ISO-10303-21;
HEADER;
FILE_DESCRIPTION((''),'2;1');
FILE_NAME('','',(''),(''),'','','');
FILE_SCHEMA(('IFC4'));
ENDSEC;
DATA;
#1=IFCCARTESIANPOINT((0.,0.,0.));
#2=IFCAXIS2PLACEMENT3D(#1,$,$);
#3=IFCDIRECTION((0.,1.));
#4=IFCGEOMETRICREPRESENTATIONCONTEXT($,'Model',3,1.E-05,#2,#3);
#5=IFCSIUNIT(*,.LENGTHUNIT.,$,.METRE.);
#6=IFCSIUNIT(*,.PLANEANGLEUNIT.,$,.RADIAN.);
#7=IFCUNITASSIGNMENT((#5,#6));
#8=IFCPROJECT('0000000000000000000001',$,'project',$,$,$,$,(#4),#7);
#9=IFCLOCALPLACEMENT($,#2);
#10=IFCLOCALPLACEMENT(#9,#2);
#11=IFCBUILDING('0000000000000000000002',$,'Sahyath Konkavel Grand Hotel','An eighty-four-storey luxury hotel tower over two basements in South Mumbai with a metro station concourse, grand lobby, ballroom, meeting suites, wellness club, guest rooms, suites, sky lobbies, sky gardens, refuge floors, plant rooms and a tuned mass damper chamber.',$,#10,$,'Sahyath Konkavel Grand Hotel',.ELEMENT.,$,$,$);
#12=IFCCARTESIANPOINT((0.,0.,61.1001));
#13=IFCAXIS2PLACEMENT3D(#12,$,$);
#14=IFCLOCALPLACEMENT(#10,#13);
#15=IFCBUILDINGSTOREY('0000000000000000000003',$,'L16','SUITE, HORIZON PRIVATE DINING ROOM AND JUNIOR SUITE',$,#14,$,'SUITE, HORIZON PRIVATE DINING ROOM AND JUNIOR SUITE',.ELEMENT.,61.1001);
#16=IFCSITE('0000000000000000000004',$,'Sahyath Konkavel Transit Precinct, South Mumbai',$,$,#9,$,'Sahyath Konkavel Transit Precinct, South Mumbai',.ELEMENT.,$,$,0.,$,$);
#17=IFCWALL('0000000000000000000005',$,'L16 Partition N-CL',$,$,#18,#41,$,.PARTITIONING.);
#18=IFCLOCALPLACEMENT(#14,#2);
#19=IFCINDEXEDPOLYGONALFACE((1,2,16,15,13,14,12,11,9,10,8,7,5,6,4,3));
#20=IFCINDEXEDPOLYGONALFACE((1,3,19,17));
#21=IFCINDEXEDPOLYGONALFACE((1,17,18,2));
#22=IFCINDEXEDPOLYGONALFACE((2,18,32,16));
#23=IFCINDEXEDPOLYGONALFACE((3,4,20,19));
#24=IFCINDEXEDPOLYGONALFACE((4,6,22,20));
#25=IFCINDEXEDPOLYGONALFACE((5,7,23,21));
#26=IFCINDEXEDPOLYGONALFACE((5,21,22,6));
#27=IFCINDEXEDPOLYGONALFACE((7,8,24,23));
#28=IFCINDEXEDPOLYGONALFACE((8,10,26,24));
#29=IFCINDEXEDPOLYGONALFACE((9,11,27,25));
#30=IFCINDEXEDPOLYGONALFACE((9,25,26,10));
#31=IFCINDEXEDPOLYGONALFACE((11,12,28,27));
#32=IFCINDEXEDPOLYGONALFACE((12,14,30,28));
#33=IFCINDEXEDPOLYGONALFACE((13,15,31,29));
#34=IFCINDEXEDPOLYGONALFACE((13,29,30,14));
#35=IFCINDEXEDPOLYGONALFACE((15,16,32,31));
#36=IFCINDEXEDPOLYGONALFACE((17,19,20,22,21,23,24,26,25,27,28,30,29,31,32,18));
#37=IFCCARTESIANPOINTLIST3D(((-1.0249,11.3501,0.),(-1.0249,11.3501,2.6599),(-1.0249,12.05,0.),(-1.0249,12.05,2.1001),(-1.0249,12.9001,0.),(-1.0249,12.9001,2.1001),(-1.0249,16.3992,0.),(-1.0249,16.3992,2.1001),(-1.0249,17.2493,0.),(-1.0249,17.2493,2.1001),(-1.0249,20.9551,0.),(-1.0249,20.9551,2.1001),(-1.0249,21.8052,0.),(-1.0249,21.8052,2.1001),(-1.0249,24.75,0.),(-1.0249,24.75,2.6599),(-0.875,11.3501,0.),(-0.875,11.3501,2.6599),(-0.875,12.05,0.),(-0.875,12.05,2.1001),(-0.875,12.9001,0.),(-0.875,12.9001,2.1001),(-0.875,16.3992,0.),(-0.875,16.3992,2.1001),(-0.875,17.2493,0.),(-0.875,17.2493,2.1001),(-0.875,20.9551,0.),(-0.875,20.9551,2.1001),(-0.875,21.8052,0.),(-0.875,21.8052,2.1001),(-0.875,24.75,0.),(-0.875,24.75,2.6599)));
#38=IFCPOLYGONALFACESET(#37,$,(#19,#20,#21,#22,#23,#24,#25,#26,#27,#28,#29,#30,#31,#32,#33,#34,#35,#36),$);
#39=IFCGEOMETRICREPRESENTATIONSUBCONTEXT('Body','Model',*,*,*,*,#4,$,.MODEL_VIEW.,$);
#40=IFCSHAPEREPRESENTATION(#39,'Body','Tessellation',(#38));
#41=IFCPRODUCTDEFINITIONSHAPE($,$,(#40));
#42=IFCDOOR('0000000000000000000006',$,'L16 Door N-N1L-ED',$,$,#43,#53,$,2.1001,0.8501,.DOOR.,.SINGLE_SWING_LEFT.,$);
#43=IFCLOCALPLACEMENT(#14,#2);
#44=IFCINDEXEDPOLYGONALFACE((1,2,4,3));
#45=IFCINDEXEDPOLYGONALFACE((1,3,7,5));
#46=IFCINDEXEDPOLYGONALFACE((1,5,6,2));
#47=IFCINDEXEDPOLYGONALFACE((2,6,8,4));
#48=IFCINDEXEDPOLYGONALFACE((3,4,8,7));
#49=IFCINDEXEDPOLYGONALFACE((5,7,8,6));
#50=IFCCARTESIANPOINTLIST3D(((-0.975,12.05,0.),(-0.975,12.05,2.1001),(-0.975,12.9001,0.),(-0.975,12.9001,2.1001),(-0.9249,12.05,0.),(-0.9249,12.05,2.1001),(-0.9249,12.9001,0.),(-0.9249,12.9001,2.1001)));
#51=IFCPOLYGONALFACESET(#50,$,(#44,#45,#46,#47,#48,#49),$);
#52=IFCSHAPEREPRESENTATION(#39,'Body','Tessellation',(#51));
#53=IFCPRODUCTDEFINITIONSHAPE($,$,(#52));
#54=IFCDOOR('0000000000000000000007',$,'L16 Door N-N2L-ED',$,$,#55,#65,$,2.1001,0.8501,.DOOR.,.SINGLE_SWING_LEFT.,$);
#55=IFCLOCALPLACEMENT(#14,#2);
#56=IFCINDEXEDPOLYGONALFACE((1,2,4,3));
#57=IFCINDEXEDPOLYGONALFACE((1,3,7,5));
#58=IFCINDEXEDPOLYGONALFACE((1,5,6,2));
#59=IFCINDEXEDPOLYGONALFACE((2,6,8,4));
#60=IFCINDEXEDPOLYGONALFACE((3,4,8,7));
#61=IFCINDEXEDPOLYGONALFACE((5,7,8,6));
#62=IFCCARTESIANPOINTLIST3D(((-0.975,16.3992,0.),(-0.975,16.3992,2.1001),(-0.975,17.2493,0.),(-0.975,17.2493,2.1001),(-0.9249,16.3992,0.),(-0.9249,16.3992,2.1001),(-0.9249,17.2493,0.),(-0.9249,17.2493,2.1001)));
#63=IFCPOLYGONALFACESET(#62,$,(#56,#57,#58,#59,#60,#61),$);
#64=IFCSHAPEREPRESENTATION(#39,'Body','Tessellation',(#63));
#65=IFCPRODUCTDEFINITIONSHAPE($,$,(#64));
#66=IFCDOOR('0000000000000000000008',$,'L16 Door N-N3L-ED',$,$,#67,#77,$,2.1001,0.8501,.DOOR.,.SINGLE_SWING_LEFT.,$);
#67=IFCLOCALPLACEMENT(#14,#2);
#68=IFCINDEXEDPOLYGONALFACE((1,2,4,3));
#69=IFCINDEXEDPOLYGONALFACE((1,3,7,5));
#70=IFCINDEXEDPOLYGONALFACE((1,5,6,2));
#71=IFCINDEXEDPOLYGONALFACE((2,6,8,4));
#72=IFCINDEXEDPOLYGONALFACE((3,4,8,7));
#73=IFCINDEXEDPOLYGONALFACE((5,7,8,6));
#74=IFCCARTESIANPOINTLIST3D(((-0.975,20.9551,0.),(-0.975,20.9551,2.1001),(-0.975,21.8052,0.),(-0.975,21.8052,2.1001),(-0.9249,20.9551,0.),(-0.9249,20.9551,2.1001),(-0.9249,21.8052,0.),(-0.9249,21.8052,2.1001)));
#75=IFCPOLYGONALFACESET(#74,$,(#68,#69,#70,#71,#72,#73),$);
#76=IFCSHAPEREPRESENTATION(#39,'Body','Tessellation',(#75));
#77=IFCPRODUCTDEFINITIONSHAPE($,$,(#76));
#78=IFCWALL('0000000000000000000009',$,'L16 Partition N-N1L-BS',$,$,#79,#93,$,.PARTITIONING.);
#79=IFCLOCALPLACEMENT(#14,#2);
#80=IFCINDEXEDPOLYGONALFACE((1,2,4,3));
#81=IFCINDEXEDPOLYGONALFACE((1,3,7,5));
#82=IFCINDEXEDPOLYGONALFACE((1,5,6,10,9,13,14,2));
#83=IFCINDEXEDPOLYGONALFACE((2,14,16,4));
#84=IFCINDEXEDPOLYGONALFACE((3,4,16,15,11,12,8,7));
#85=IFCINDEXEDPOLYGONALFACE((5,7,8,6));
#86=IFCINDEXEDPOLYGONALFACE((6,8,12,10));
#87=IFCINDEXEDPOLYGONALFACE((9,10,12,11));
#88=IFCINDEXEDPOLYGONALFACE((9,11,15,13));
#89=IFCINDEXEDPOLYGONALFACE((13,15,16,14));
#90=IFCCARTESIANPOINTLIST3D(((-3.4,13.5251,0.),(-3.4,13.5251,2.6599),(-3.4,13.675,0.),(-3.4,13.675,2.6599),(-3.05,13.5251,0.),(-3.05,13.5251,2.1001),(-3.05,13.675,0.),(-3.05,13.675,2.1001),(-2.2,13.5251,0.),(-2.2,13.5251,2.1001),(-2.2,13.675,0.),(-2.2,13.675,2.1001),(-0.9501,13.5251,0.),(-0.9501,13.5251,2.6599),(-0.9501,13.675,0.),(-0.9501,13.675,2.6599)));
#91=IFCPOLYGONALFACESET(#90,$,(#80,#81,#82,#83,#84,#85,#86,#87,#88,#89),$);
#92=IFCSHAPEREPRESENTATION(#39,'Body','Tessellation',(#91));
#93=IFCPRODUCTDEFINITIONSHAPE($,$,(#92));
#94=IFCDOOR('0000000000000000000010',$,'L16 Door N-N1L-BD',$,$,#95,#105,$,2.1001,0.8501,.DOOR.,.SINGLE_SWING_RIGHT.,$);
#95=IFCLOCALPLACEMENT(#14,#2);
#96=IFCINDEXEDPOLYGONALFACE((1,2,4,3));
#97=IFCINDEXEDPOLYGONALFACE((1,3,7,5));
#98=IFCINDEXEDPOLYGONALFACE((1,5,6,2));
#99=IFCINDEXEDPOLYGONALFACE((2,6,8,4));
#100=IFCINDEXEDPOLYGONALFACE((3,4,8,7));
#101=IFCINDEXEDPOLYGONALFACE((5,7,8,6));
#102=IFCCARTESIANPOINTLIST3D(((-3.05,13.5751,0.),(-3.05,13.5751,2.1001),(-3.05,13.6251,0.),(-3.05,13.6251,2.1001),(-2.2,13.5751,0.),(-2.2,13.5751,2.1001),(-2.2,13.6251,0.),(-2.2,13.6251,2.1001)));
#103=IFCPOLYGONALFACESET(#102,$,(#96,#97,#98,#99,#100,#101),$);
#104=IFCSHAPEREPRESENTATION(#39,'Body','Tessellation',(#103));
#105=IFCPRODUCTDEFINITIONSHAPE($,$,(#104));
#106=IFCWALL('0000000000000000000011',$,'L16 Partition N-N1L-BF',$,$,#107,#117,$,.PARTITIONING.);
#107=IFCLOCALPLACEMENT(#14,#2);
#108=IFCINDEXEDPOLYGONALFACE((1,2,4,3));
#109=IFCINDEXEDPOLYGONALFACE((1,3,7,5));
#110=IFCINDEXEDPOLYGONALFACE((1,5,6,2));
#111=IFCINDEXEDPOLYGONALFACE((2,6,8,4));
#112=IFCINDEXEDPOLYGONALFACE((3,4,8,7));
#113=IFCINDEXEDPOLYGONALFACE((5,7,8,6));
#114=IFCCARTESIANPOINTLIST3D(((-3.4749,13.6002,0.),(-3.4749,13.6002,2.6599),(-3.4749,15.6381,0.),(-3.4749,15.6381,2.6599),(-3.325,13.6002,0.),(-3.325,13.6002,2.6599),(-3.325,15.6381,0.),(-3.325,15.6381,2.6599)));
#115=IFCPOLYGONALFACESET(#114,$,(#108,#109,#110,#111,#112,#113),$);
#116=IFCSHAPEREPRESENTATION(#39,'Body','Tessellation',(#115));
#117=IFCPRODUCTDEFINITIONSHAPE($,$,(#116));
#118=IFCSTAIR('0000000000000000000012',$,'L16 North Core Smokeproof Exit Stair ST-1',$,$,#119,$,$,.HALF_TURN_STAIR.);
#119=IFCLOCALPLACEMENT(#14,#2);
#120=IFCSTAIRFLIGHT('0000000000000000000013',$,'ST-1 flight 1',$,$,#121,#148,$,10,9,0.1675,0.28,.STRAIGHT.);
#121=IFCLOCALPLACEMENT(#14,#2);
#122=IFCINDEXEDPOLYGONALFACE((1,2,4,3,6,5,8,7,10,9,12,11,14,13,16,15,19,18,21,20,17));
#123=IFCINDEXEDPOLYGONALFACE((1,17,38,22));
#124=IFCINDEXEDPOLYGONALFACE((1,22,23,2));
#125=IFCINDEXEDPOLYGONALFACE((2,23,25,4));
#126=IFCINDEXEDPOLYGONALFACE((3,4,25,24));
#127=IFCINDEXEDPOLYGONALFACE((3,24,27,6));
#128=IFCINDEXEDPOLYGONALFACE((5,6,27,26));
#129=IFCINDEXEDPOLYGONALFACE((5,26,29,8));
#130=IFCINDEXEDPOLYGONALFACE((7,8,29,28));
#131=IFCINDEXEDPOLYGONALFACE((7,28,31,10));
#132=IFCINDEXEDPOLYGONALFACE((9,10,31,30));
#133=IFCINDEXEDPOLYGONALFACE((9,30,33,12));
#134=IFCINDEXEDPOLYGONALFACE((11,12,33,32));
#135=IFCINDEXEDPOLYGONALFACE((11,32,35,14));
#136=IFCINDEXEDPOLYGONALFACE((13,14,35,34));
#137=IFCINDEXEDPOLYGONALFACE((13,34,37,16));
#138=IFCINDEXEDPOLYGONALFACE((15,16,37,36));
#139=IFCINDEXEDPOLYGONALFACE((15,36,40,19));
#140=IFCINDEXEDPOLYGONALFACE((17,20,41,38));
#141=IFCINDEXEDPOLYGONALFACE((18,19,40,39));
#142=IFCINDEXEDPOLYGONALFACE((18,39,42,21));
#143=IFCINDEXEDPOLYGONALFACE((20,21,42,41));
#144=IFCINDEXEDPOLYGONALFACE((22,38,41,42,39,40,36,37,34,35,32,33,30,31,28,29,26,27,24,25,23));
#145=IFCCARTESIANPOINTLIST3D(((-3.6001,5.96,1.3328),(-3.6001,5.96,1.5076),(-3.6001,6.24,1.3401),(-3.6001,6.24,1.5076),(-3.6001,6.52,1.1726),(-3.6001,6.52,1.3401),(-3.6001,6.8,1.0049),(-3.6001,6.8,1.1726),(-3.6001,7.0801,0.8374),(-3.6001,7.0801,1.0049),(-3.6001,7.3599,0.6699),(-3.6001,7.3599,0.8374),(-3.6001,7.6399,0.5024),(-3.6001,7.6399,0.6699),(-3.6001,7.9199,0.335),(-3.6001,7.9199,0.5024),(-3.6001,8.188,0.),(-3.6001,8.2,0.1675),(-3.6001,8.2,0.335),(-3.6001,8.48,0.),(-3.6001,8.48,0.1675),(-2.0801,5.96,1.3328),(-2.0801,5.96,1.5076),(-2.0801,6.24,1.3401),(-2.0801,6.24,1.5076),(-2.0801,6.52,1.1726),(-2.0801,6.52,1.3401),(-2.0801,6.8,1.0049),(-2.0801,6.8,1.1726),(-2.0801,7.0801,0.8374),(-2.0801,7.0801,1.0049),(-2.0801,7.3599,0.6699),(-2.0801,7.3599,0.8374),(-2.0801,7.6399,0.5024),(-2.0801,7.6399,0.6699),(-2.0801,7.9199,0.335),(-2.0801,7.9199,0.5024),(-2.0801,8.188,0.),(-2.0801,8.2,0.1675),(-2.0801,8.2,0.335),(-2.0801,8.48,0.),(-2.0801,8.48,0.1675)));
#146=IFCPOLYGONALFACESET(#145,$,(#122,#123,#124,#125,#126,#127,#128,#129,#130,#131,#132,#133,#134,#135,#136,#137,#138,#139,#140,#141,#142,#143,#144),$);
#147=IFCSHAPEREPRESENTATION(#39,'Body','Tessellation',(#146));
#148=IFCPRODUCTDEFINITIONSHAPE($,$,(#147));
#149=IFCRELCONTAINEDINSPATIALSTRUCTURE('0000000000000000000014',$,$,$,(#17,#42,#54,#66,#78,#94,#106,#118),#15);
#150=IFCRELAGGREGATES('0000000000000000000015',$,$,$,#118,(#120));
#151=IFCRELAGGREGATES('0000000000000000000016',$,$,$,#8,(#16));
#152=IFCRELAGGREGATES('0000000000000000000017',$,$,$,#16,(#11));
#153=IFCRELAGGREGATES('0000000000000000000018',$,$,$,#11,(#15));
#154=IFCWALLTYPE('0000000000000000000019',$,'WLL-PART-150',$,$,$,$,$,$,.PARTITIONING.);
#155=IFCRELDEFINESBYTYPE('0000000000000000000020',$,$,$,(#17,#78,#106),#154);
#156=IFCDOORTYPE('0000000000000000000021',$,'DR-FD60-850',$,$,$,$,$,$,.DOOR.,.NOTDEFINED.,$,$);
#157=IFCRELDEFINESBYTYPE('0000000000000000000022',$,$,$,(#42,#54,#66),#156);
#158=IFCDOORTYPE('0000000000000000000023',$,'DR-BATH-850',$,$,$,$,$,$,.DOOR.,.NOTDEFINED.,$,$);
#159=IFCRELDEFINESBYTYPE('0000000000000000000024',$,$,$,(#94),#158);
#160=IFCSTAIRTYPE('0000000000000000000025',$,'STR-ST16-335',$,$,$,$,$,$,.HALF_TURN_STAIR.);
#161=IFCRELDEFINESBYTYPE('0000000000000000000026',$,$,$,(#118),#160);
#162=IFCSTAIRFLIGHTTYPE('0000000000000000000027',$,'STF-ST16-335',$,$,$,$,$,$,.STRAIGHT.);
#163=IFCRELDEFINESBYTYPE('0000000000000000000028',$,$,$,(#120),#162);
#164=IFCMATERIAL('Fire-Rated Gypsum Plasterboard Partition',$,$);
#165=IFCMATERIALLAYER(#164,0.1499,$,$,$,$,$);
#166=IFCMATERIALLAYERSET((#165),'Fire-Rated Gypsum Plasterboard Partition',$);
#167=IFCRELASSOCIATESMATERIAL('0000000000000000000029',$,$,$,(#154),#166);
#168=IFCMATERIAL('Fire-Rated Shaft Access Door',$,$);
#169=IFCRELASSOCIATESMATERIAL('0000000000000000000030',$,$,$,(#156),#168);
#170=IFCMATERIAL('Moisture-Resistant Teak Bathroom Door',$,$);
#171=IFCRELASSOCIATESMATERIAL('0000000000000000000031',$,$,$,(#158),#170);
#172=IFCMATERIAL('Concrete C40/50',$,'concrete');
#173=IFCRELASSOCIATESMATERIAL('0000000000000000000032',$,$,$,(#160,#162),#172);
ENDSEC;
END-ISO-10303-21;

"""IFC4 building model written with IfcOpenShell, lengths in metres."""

from ifc_helpers import new_model, si_unit, direction, frame, frame_2d, origin, origin_2d, place, context, subcontext, project, spatial, polyline, rectangle, outline, extrude, source, transform, mapped, material, layer, layer_set, type_object, element, fill, aggregate, save


model = new_model("IFC4")

# Units and contexts
model_context = context("Model", 3, precision=1e-05, world=origin(), true_north=direction((0.0, 1.0)))
body_context = subcontext(model_context, "Body", "Model", "MODEL_VIEW")
ifc_project = project(units=[si_unit("LENGTHUNIT", "METRE"), si_unit("PLANEANGLEUNIT", "RADIAN")], contexts=[model_context])

# Site, building, storey
site_placement = place(None, origin())
site = spatial("IfcSite", under=ifc_project, at=site_placement, Name="Sahyath Konkavel Transit Precinct, South Mumbai", LongName="Sahyath Konkavel Transit Precinct, South Mumbai", CompositionType="ELEMENT", RefElevation=0.0)
building_placement = place(site_placement, origin())
building = spatial("IfcBuilding", under=site, at=building_placement, Name="Sahyath Konkavel Grand Hotel", Description="An eighty-four-storey luxury hotel tower over two basements in South Mumbai with a metro station concourse, grand lobby, ballroom, meeting suites, wellness club, guest rooms, suites, sky lobbies, sky gardens, refuge floors, plant rooms and a tuned mass damper chamber.", LongName="Sahyath Konkavel Grand Hotel", CompositionType="ELEMENT")
storey_placement = place(building_placement, frame((0.0, 0.0, 61.1001)))
storey = spatial("IfcBuildingStorey", under=building, at=storey_placement, Name="L16", Description="SUITE, HORIZON PRIVATE DINING ROOM AND JUNIOR SUITE", LongName="SUITE, HORIZON PRIVATE DINING ROOM AND JUNIOR SUITE", CompositionType="ELEMENT", Elevation=61.1001)

# Wall, openings, doors
ifc_material_1 = material(Name="Fire-Rated Gypsum Plasterboard Partition")
ifc_layer_1 = layer(ifc_material_1, 0.1499)
ifc_layer_set_1 = layer_set([ifc_layer_1], Name="Fire-Rated Gypsum Plasterboard Partition")
wall_type_1 = type_object("IfcWallType", Name="WLL-PART-150", PredefinedType="PARTITIONING", material=ifc_layer_set_1)
wall_1_placement = place(storey_placement, frame((-0.95, 11.3501, 0.0), z_axis=(0.0, 0.0, 1.0), x_axis=(0.0, 1.0, 0.0)))
wall_1 = element("IfcWall", 1, at=wall_1_placement, inside=storey, type_object=wall_type_1, Name="L16 Partition N-CL", PredefinedType="PARTITIONING", context=body_context, shape_type="SweptSolid", body=[
    extrude(rectangle(XDim=13.3999, YDim=0.1499, at=frame_2d((6.7, 0.0))), origin(), (0.0, 0.0, 1.0), 2.6599),
])
opening_1_placement = place(wall_1_placement, frame((0.7, 0.0, 0.0)))
opening_1 = element("IfcOpeningElement", 2, at=opening_1_placement, cuts=wall_1, PredefinedType="OPENING", context=body_context, shape_type="SweptSolid", body=[
    extrude(rectangle(XDim=0.8501, YDim=2.1001, at=frame_2d((0.425, 1.05))), frame((0.0, 0.085, 0.0), z_axis=(0.0, -1.0, 0.0), x_axis=(1.0, 0.0, 0.0)), (0.0, 0.0, 1.0), 0.1699),
])
opening_2_placement = place(wall_1_placement, frame((5.0491, 0.0, 0.0)))
opening_2 = element("IfcOpeningElement", 3, at=opening_2_placement, cuts=wall_1, PredefinedType="OPENING", context=body_context, shape_type="SweptSolid", body=[
    extrude(rectangle(XDim=0.8501, YDim=2.1001, at=frame_2d((0.425, 1.05))), frame((0.0, 0.085, 0.0), z_axis=(0.0, -1.0, 0.0), x_axis=(1.0, 0.0, 0.0)), (0.0, 0.0, 1.0), 0.1699),
])
opening_3_placement = place(wall_1_placement, frame((9.605, 0.0, 0.0)))
opening_3 = element("IfcOpeningElement", 4, at=opening_3_placement, cuts=wall_1, PredefinedType="OPENING", context=body_context, shape_type="SweptSolid", body=[
    extrude(rectangle(XDim=0.8501, YDim=2.1001, at=frame_2d((0.425, 1.05))), frame((0.0, 0.085, 0.0), z_axis=(0.0, -1.0, 0.0), x_axis=(1.0, 0.0, 0.0)), (0.0, 0.0, 1.0), 0.1699),
])
ifc_material_2 = material(Name="Fire-Rated Shaft Access Door")
door_type_1 = type_object("IfcDoorType", Name="DR-FD60-850", OperationType="NOTDEFINED", PredefinedType="DOOR", material=ifc_material_2)
shared_shape_1 = source(origin(), body_context, "Body", "SweptSolid", [
    extrude(rectangle(XDim=0.8501, YDim=0.05, at=origin_2d()), origin(), (0.0, 0.0, 1.0), 2.1001),
])
door_1_placement = place(opening_1_placement, frame((0.425, 0.0, 0.0)))
door_1 = element("IfcDoor", 5, at=door_1_placement, inside=storey, type_object=door_type_1, Name="L16 Door N-N1L-ED", OperationType="SINGLE_SWING_LEFT", OverallHeight=2.1001, OverallWidth=0.8501, PredefinedType="DOOR", context=body_context, shape_type="MappedRepresentation", body=[
    mapped(shared_shape_1, transform((0.0, 0.0, 0.0), scale=1.0)),
])
fill(opening_1, door_1)
door_2_placement = place(opening_2_placement, frame((0.425, 0.0, 0.0)))
door_2 = element("IfcDoor", 6, at=door_2_placement, inside=storey, type_object=door_type_1, Name="L16 Door N-N2L-ED", OperationType="SINGLE_SWING_LEFT", OverallHeight=2.1001, OverallWidth=0.8501, PredefinedType="DOOR", context=body_context, shape_type="MappedRepresentation", body=[
    mapped(shared_shape_1, transform((0.0, 0.0, 0.0), scale=1.0)),
])
fill(opening_2, door_2)
door_3_placement = place(opening_3_placement, frame((0.425, 0.0, 0.0)))
door_3 = element("IfcDoor", 7, at=door_3_placement, inside=storey, type_object=door_type_1, Name="L16 Door N-N3L-ED", OperationType="SINGLE_SWING_LEFT", OverallHeight=2.1001, OverallWidth=0.8501, PredefinedType="DOOR", context=body_context, shape_type="MappedRepresentation", body=[
    mapped(shared_shape_1, transform((0.0, 0.0, 0.0), scale=1.0)),
])
fill(opening_3, door_3)

# Wall, opening, door
wall_2_placement = place(storey_placement, frame((-0.95, 13.6001, 0.0), z_axis=(0.0, 0.0, 1.0), x_axis=(-1.0, 0.0, 0.0)))
wall_2 = element("IfcWall", 8, at=wall_2_placement, inside=storey, type_object=wall_type_1, Name="L16 Partition N-N1L-BS", PredefinedType="PARTITIONING", context=body_context, shape_type="SweptSolid", body=[
    extrude(rectangle(XDim=2.45, YDim=0.1499, at=frame_2d((1.2251, 0.0))), origin(), (0.0, 0.0, 1.0), 2.6599),
])
opening_4_placement = place(wall_2_placement, frame((1.25, 0.0, 0.0)))
opening_4 = element("IfcOpeningElement", 9, at=opening_4_placement, cuts=wall_2, PredefinedType="OPENING", context=body_context, shape_type="SweptSolid", body=[
    extrude(rectangle(XDim=0.8501, YDim=2.1001, at=frame_2d((0.425, 1.05))), frame((0.0, 0.085, 0.0), z_axis=(0.0, -1.0, 0.0), x_axis=(1.0, 0.0, 0.0)), (0.0, 0.0, 1.0), 0.1699),
])
ifc_material_3 = material(Name="Moisture-Resistant Teak Bathroom Door")
door_type_2 = type_object("IfcDoorType", Name="DR-BATH-850", OperationType="NOTDEFINED", PredefinedType="DOOR", material=ifc_material_3)
door_4_placement = place(opening_4_placement, frame((0.425, 0.0, 0.0)))
door_4 = element("IfcDoor", 10, at=door_4_placement, inside=storey, type_object=door_type_2, Name="L16 Door N-N1L-BD", OperationType="SINGLE_SWING_RIGHT", OverallHeight=2.1001, OverallWidth=0.8501, PredefinedType="DOOR", context=body_context, shape_type="MappedRepresentation", body=[
    mapped(shared_shape_1, transform((0.0, 0.0, 0.0), scale=1.0)),
])
fill(opening_4, door_4)

# Wall
wall_3_placement = place(storey_placement, frame((-3.3999, 13.6001, 0.0), z_axis=(0.0, 0.0, 1.0), x_axis=(0.0, 1.0, 0.0)))
element("IfcWall", 11, at=wall_3_placement, inside=storey, type_object=wall_type_1, Name="L16 Partition N-N1L-BF", PredefinedType="PARTITIONING", context=body_context, shape_type="SweptSolid", body=[
    extrude(rectangle(XDim=2.0378, YDim=0.1499, at=frame_2d((1.019, 0.0))), origin(), (0.0, 0.0, 1.0), 2.6599),
])

# Stair, stair flight
ifc_material_4 = material(Name="Concrete C40/50", Category="concrete")
stair_type = type_object("IfcStairType", Name="STR-ST16-335", PredefinedType="HALF_TURN_STAIR", material=ifc_material_4)
stair_placement = place(storey_placement, origin())
stair = element("IfcStair", 12, at=stair_placement, inside=storey, type_object=stair_type, Name="L16 North Core Smokeproof Exit Stair ST-1", PredefinedType="HALF_TURN_STAIR")
stair_flight_type = type_object("IfcStairFlightType", Name="STF-ST16-335", PredefinedType="STRAIGHT", material=ifc_material_4)
stair_flight_placement = place(storey_placement, frame((-2.8401, 8.48, 0.0), z_axis=(0.0, 0.0, 1.0), x_axis=(0.0, -1.0, 0.0)))
stair_flight = element("IfcStairFlight", 13, at=stair_flight_placement, type_object=stair_flight_type, Name="ST-1 flight 1", NumberOfRisers=10, NumberOfTreads=9, PredefinedType="STRAIGHT", RiserHeight=0.1675, TreadLength=0.28, context=body_context, shape_type="SweptSolid", body=[
    extrude(outline(polyline([(0.0, 0.0), (0.0, 0.1675), (0.28, 0.1675), (0.28, 0.335), (0.5601, 0.335), (0.5601, 0.5024), (0.8401, 0.5024), (0.8401, 0.6699), (1.1201, 0.6699), (1.1201, 0.8374), (1.3999, 0.8374), (1.3999, 1.0049), (1.6799, 1.0049), (1.6799, 1.1726), (1.96, 1.1726), (1.96, 1.3401), (2.24, 1.3401), (2.24, 1.5076), (2.52, 1.5076), (2.52, 1.675), (2.52, 1.3328), (0.292, 0.0), (0.0, 0.0)])), frame((0.0, 0.76, 0.0), z_axis=(0.0, -1.0, 0.0), x_axis=(1.0, 0.0, 0.0)), (0.0, 0.0, 1.0), 1.52),
])
aggregate(stair, [stair_flight])

save(model, "model.ifc")
